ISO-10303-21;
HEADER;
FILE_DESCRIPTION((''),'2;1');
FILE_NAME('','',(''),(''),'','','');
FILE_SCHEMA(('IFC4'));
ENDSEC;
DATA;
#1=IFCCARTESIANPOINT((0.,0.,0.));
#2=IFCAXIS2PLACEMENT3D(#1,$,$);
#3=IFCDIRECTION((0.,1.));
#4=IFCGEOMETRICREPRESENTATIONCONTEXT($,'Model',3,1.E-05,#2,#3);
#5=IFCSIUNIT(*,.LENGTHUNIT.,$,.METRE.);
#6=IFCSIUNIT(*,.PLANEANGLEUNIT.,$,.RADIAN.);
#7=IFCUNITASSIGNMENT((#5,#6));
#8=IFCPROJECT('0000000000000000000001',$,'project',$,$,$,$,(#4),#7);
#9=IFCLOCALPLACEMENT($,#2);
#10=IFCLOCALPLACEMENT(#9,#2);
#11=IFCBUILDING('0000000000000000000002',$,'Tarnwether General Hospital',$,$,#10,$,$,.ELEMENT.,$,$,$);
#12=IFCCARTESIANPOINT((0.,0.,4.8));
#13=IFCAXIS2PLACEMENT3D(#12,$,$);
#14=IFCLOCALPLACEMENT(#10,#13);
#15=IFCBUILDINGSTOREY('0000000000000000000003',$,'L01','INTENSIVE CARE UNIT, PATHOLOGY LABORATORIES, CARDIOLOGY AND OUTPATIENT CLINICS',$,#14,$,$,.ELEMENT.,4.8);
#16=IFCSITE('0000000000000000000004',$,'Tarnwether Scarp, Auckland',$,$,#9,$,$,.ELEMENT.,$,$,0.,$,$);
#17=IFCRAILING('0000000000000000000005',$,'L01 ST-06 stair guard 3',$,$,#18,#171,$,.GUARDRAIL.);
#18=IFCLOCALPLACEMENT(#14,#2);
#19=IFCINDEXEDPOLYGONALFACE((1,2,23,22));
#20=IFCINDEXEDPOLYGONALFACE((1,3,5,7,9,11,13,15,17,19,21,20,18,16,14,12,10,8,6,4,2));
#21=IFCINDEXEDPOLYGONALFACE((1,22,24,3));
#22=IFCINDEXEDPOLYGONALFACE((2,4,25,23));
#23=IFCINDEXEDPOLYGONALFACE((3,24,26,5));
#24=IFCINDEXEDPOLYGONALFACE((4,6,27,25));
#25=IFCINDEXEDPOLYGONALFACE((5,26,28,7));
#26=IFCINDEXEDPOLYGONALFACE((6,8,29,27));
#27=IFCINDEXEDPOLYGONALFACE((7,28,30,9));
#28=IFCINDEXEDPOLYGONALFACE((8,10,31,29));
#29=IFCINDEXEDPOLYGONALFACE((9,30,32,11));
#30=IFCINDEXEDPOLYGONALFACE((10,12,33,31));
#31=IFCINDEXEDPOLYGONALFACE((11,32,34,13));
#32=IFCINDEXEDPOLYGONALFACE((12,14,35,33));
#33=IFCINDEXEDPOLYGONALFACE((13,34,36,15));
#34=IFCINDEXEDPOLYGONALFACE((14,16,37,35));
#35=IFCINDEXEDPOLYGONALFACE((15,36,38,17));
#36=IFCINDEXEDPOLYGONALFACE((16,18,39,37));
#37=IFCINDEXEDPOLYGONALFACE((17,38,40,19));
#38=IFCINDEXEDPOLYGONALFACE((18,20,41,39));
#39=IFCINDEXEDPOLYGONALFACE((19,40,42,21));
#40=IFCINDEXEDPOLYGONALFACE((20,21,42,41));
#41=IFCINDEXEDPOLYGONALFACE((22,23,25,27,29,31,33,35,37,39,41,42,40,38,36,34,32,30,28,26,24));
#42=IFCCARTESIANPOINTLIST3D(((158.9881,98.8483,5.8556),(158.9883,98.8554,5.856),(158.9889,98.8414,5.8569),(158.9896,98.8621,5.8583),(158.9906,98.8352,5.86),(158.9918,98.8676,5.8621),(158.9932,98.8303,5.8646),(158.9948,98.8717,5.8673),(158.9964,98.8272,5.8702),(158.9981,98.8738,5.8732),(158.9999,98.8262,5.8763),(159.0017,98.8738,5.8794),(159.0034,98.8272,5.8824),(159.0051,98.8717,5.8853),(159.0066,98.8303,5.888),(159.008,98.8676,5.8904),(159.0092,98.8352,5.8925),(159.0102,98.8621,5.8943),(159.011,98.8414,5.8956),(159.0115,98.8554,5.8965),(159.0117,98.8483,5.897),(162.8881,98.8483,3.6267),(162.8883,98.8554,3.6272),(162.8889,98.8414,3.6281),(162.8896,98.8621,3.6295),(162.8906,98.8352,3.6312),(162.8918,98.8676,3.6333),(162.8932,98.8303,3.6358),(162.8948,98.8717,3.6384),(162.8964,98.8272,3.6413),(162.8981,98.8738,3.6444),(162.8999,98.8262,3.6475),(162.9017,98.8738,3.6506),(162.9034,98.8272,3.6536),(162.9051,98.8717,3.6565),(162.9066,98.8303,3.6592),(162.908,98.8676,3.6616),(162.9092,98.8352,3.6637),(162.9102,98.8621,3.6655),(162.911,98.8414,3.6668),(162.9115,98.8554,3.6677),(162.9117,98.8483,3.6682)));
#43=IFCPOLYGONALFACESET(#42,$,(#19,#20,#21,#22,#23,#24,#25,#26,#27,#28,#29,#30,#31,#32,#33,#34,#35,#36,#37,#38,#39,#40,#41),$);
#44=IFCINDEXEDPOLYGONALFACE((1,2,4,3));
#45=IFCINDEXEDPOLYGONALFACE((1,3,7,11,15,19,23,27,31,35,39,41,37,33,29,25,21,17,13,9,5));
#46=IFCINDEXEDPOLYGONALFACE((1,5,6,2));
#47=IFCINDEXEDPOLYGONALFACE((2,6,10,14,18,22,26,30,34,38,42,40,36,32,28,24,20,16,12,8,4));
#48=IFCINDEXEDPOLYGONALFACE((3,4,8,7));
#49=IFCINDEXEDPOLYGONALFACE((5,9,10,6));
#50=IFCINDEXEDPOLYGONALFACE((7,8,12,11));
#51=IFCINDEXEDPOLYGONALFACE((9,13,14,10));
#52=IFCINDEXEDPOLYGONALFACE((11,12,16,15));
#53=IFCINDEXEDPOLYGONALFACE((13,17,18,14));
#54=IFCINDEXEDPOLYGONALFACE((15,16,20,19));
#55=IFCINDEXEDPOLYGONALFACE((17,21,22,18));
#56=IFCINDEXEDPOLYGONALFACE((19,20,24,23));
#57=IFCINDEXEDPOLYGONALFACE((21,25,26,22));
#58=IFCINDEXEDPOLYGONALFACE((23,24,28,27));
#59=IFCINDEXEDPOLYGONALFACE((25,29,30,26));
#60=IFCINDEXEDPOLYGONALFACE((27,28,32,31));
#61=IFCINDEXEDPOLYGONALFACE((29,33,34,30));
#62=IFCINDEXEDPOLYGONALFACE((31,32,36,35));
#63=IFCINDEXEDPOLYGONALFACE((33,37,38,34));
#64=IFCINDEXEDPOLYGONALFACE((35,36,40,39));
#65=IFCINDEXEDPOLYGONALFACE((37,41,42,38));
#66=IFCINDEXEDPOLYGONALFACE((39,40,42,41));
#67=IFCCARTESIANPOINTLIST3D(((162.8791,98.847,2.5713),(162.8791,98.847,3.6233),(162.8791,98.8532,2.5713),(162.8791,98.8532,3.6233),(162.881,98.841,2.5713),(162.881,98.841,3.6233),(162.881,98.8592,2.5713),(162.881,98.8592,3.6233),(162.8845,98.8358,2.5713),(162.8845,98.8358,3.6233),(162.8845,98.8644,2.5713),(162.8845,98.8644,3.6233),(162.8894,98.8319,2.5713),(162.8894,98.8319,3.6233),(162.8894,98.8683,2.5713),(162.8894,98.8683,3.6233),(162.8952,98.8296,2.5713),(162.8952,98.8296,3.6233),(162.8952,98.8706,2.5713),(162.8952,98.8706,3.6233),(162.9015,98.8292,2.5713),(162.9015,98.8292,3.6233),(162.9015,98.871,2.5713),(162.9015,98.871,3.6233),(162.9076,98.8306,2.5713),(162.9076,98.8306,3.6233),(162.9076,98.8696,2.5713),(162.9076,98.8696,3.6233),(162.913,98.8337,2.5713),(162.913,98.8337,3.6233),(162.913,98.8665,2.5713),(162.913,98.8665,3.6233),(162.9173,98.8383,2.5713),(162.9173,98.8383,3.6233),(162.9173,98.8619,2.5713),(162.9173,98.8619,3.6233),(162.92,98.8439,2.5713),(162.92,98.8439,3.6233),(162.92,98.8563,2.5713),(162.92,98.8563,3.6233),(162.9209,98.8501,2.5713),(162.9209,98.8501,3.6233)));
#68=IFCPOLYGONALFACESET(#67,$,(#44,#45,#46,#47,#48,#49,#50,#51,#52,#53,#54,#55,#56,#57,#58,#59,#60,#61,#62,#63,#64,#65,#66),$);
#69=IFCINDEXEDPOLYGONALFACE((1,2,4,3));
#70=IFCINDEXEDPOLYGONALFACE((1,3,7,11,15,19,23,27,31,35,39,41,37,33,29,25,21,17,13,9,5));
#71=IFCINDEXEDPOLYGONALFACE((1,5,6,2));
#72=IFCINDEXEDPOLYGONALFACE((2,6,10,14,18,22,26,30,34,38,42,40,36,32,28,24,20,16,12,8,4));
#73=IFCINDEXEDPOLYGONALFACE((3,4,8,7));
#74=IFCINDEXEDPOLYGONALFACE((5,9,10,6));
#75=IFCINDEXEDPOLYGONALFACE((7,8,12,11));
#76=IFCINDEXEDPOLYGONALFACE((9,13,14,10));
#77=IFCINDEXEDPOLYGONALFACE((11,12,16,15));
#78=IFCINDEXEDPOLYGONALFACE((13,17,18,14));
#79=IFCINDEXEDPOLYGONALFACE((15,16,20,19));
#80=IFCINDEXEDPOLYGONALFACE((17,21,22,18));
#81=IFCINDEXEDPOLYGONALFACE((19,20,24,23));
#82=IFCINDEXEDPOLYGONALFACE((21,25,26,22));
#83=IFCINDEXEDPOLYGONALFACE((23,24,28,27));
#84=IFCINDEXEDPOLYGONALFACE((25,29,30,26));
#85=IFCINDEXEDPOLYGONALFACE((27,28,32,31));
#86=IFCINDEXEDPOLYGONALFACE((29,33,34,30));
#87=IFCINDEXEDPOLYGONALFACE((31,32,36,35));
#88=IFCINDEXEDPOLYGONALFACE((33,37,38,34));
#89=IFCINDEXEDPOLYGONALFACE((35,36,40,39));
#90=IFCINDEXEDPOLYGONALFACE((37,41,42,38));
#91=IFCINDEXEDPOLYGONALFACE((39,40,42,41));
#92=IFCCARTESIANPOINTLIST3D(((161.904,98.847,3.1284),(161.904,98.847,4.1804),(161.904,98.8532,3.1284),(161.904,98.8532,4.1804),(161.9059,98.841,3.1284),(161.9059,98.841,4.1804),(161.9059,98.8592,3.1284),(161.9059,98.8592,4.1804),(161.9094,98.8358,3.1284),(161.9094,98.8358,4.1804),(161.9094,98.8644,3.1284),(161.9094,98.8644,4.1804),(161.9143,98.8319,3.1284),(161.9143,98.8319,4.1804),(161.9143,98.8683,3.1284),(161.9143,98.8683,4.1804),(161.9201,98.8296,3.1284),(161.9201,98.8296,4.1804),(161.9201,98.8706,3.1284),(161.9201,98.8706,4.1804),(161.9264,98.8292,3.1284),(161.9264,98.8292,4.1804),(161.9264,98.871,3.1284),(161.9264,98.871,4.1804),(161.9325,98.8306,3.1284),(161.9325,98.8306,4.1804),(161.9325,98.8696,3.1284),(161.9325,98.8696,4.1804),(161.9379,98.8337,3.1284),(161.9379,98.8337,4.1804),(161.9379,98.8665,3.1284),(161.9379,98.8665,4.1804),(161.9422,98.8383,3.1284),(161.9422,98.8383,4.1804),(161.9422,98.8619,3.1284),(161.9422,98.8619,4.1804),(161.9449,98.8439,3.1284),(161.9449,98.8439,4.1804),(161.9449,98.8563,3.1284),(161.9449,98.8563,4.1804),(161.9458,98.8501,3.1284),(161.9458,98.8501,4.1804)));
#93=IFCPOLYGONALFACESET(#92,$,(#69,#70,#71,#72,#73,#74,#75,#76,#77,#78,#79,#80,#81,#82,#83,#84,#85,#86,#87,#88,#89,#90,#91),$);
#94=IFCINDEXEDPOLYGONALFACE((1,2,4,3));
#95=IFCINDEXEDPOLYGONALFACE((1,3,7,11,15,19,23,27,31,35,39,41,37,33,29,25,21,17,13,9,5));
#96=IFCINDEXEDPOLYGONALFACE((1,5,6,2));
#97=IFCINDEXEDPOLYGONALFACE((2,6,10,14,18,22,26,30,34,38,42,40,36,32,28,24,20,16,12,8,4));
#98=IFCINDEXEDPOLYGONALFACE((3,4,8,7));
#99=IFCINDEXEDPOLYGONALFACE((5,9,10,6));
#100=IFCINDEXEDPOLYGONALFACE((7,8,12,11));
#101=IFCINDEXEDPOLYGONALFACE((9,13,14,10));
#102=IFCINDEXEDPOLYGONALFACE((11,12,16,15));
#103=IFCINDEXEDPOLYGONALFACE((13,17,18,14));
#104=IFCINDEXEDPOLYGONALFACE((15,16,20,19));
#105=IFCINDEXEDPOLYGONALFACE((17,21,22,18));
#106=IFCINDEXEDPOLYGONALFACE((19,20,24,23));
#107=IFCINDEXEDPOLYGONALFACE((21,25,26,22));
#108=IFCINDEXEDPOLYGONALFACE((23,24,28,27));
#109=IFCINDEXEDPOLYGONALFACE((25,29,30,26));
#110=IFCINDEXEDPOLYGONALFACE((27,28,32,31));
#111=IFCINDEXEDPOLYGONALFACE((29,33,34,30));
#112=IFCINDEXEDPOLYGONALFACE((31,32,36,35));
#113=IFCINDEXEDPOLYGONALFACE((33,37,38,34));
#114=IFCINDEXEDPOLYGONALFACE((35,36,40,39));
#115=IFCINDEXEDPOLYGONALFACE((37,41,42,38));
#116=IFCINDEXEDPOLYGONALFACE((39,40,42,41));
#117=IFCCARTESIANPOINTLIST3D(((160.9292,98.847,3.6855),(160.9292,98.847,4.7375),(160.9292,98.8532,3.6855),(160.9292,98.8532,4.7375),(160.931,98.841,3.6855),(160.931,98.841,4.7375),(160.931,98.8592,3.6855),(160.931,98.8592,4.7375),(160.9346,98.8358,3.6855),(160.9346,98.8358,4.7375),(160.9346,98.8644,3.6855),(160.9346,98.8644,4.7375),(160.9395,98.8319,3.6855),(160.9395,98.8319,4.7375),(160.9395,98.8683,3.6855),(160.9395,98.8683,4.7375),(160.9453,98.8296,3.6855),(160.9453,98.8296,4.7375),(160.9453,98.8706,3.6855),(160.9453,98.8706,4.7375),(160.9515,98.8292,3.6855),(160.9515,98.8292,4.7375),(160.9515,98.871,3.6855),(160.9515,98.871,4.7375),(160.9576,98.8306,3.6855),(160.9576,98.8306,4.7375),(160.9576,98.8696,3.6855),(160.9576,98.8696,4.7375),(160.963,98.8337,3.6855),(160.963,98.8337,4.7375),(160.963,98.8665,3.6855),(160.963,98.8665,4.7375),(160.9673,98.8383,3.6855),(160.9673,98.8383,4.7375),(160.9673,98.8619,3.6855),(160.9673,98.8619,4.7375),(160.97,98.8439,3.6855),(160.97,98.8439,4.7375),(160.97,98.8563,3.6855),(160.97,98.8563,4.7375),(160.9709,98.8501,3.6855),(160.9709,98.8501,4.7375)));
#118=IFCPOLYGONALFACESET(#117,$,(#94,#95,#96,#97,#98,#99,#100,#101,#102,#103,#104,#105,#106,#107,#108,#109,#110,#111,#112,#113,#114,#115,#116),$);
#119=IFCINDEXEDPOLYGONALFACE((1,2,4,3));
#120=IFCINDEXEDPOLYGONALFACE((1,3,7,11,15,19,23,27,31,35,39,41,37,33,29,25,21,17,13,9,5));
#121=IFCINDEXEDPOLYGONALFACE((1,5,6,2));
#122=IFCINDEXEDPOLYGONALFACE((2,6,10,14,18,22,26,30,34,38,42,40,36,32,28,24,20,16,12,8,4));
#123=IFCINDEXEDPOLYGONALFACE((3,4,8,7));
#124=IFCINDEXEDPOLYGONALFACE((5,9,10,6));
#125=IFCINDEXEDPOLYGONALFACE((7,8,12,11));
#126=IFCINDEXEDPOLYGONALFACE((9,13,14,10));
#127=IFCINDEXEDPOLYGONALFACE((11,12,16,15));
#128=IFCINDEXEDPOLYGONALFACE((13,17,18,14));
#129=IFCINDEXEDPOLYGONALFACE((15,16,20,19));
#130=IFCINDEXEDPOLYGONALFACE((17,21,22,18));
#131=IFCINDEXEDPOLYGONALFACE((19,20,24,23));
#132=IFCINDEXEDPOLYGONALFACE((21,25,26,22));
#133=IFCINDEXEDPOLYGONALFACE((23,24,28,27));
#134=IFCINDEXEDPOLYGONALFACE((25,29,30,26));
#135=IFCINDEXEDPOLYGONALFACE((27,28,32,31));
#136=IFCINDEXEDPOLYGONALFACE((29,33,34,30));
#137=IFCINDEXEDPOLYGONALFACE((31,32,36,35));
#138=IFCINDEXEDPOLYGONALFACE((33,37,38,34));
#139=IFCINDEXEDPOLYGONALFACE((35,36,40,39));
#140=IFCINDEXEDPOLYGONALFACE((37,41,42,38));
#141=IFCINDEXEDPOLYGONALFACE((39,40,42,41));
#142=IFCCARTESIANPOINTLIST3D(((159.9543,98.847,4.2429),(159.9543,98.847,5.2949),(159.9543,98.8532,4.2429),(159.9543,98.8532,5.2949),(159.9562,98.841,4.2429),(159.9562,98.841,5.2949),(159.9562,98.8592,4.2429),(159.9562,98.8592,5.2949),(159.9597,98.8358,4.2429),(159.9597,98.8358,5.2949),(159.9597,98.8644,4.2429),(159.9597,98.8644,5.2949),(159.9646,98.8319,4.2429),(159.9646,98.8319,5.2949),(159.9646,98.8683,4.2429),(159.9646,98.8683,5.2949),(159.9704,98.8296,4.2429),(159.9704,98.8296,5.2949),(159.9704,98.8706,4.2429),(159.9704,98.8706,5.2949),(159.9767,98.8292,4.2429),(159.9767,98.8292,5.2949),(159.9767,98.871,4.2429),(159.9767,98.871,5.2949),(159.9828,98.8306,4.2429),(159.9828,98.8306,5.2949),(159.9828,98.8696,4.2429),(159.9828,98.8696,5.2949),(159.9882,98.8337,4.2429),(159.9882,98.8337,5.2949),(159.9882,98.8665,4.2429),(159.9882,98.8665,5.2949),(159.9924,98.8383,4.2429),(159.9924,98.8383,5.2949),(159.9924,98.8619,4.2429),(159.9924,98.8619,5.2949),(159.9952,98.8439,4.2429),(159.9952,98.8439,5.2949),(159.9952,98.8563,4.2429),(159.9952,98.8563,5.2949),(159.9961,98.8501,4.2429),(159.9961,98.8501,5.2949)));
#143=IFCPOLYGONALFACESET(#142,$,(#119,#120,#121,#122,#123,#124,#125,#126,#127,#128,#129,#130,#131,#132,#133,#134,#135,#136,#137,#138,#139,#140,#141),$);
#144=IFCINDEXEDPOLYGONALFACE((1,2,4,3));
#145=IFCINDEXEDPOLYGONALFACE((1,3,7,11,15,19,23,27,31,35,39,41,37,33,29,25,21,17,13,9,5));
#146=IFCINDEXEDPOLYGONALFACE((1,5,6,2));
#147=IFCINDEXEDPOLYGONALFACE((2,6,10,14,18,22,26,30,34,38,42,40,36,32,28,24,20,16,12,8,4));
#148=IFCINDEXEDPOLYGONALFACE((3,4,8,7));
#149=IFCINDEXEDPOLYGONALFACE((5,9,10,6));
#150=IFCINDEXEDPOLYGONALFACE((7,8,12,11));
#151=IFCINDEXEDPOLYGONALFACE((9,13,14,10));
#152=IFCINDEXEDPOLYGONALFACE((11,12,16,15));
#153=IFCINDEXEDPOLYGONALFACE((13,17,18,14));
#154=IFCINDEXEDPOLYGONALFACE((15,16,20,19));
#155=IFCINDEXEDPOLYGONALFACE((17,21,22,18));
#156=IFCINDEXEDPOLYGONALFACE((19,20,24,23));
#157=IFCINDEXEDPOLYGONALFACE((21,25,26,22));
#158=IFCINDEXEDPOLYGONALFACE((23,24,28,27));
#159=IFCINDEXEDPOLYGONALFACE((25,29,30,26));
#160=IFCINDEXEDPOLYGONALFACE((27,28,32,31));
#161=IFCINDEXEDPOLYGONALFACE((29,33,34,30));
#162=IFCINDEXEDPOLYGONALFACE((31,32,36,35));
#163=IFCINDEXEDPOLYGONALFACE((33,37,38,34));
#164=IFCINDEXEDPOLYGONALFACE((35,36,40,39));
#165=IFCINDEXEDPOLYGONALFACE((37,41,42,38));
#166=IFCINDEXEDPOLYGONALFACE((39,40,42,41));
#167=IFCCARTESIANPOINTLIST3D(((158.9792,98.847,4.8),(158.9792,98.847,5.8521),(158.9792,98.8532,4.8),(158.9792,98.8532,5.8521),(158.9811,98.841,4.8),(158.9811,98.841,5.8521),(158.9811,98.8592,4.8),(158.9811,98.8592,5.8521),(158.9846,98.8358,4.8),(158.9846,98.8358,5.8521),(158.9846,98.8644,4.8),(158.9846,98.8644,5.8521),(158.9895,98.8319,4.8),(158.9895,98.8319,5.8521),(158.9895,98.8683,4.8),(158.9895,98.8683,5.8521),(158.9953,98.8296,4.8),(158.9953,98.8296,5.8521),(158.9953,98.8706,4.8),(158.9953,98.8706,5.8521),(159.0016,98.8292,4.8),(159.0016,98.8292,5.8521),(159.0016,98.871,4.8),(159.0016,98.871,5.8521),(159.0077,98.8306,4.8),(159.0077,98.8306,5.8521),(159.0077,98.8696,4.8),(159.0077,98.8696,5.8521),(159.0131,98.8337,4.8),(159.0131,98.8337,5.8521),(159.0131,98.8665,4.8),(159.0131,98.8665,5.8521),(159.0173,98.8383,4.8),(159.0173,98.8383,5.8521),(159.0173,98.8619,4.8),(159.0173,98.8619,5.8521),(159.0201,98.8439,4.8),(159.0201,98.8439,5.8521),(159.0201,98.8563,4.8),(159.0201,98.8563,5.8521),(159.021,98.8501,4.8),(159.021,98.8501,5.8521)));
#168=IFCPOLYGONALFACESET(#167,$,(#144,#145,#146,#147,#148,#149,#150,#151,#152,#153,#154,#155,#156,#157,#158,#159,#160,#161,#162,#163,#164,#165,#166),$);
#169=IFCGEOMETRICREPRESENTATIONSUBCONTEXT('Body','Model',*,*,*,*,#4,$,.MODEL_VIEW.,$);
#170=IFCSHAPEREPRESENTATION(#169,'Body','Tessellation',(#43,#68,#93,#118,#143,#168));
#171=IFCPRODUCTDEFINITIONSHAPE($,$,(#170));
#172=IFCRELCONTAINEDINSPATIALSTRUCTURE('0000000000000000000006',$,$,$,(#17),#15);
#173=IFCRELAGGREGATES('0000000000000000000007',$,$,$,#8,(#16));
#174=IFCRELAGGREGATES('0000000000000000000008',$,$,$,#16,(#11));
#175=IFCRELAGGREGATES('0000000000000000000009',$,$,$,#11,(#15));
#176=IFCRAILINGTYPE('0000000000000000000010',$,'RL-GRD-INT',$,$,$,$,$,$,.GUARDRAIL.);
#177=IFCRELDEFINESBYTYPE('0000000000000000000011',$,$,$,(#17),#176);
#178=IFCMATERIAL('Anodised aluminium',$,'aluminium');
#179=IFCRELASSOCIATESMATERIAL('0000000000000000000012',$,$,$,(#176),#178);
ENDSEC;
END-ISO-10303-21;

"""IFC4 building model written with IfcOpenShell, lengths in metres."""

from ifc_helpers import new_model, si_unit, direction, frame, origin, origin_2d, place, context, subcontext, project, spatial, circle, extrude, material, type_object, element, save


model = new_model("IFC4")

# Units and contexts
model_context = context("Model", 3, precision=1e-05, world=origin(), true_north=direction((0.0, 1.0)))
body_context = subcontext(model_context, "Body", "Model", "MODEL_VIEW")
ifc_project = project(units=[si_unit("LENGTHUNIT", "METRE"), si_unit("PLANEANGLEUNIT", "RADIAN")], contexts=[model_context])

# Site, building, storey
site_placement = place(None, origin())
site = spatial("IfcSite", under=ifc_project, at=site_placement, Name="Tarnwether Scarp, Auckland", CompositionType="ELEMENT", RefElevation=0.0)
building_placement = place(site_placement, origin())
building = spatial("IfcBuilding", under=site, at=building_placement, Name="Tarnwether General Hospital", CompositionType="ELEMENT")
storey_placement = place(building_placement, frame((0.0, 0.0, 4.8)))
storey = spatial("IfcBuildingStorey", under=building, at=storey_placement, Name="L01", Description="INTENSIVE CARE UNIT, PATHOLOGY LABORATORIES, CARDIOLOGY AND OUTPATIENT CLINICS", CompositionType="ELEMENT", Elevation=4.8)

# Railing
ifc_material_1 = material(Name="Anodised aluminium", Category="aluminium")
railing_type_1 = type_object("IfcRailingType", Name="RL-GRD-INT", PredefinedType="GUARDRAIL", material=ifc_material_1)
railing_1_placement = place(storey_placement, frame((162.8999, 98.8501, 2.5713)))
element("IfcRailing", 1, at=railing_1_placement, inside=storey, type_object=railing_type_1, Name="L01 ST-06 stair guard 3", PredefinedType="GUARDRAIL", context=body_context, shape_type="SweptSolid", body=[
    extrude(circle(Radius=0.0239, at=origin_2d()), frame((0.0, 0.0, 1.0762), z_axis=(-0.86822, 0.0, 0.49618), x_axis=(0.0, -1.0, 0.0)), (0.0, 0.0, 1.0), 4.4919),
    extrude(circle(Radius=0.021, at=origin_2d()), origin(), (0.0, 0.0, 1.0), 1.052),
    extrude(circle(Radius=0.021, at=origin_2d()), frame((-0.9751, 0.0, 0.5571)), (0.0, 0.0, 1.0), 1.052),
    extrude(circle(Radius=0.021, at=origin_2d()), frame((-1.95, 0.0, 1.1143)), (0.0, 0.0, 1.0), 1.052),
    extrude(circle(Radius=0.021, at=origin_2d()), frame((-2.9248, 0.0, 1.6716)), (0.0, 0.0, 1.0), 1.052),
    extrude(circle(Radius=0.021, at=origin_2d()), frame((-3.8999, 0.0, 2.2288)), (0.0, 0.0, 1.0), 1.052),
])

save(model, "model.ifc")
